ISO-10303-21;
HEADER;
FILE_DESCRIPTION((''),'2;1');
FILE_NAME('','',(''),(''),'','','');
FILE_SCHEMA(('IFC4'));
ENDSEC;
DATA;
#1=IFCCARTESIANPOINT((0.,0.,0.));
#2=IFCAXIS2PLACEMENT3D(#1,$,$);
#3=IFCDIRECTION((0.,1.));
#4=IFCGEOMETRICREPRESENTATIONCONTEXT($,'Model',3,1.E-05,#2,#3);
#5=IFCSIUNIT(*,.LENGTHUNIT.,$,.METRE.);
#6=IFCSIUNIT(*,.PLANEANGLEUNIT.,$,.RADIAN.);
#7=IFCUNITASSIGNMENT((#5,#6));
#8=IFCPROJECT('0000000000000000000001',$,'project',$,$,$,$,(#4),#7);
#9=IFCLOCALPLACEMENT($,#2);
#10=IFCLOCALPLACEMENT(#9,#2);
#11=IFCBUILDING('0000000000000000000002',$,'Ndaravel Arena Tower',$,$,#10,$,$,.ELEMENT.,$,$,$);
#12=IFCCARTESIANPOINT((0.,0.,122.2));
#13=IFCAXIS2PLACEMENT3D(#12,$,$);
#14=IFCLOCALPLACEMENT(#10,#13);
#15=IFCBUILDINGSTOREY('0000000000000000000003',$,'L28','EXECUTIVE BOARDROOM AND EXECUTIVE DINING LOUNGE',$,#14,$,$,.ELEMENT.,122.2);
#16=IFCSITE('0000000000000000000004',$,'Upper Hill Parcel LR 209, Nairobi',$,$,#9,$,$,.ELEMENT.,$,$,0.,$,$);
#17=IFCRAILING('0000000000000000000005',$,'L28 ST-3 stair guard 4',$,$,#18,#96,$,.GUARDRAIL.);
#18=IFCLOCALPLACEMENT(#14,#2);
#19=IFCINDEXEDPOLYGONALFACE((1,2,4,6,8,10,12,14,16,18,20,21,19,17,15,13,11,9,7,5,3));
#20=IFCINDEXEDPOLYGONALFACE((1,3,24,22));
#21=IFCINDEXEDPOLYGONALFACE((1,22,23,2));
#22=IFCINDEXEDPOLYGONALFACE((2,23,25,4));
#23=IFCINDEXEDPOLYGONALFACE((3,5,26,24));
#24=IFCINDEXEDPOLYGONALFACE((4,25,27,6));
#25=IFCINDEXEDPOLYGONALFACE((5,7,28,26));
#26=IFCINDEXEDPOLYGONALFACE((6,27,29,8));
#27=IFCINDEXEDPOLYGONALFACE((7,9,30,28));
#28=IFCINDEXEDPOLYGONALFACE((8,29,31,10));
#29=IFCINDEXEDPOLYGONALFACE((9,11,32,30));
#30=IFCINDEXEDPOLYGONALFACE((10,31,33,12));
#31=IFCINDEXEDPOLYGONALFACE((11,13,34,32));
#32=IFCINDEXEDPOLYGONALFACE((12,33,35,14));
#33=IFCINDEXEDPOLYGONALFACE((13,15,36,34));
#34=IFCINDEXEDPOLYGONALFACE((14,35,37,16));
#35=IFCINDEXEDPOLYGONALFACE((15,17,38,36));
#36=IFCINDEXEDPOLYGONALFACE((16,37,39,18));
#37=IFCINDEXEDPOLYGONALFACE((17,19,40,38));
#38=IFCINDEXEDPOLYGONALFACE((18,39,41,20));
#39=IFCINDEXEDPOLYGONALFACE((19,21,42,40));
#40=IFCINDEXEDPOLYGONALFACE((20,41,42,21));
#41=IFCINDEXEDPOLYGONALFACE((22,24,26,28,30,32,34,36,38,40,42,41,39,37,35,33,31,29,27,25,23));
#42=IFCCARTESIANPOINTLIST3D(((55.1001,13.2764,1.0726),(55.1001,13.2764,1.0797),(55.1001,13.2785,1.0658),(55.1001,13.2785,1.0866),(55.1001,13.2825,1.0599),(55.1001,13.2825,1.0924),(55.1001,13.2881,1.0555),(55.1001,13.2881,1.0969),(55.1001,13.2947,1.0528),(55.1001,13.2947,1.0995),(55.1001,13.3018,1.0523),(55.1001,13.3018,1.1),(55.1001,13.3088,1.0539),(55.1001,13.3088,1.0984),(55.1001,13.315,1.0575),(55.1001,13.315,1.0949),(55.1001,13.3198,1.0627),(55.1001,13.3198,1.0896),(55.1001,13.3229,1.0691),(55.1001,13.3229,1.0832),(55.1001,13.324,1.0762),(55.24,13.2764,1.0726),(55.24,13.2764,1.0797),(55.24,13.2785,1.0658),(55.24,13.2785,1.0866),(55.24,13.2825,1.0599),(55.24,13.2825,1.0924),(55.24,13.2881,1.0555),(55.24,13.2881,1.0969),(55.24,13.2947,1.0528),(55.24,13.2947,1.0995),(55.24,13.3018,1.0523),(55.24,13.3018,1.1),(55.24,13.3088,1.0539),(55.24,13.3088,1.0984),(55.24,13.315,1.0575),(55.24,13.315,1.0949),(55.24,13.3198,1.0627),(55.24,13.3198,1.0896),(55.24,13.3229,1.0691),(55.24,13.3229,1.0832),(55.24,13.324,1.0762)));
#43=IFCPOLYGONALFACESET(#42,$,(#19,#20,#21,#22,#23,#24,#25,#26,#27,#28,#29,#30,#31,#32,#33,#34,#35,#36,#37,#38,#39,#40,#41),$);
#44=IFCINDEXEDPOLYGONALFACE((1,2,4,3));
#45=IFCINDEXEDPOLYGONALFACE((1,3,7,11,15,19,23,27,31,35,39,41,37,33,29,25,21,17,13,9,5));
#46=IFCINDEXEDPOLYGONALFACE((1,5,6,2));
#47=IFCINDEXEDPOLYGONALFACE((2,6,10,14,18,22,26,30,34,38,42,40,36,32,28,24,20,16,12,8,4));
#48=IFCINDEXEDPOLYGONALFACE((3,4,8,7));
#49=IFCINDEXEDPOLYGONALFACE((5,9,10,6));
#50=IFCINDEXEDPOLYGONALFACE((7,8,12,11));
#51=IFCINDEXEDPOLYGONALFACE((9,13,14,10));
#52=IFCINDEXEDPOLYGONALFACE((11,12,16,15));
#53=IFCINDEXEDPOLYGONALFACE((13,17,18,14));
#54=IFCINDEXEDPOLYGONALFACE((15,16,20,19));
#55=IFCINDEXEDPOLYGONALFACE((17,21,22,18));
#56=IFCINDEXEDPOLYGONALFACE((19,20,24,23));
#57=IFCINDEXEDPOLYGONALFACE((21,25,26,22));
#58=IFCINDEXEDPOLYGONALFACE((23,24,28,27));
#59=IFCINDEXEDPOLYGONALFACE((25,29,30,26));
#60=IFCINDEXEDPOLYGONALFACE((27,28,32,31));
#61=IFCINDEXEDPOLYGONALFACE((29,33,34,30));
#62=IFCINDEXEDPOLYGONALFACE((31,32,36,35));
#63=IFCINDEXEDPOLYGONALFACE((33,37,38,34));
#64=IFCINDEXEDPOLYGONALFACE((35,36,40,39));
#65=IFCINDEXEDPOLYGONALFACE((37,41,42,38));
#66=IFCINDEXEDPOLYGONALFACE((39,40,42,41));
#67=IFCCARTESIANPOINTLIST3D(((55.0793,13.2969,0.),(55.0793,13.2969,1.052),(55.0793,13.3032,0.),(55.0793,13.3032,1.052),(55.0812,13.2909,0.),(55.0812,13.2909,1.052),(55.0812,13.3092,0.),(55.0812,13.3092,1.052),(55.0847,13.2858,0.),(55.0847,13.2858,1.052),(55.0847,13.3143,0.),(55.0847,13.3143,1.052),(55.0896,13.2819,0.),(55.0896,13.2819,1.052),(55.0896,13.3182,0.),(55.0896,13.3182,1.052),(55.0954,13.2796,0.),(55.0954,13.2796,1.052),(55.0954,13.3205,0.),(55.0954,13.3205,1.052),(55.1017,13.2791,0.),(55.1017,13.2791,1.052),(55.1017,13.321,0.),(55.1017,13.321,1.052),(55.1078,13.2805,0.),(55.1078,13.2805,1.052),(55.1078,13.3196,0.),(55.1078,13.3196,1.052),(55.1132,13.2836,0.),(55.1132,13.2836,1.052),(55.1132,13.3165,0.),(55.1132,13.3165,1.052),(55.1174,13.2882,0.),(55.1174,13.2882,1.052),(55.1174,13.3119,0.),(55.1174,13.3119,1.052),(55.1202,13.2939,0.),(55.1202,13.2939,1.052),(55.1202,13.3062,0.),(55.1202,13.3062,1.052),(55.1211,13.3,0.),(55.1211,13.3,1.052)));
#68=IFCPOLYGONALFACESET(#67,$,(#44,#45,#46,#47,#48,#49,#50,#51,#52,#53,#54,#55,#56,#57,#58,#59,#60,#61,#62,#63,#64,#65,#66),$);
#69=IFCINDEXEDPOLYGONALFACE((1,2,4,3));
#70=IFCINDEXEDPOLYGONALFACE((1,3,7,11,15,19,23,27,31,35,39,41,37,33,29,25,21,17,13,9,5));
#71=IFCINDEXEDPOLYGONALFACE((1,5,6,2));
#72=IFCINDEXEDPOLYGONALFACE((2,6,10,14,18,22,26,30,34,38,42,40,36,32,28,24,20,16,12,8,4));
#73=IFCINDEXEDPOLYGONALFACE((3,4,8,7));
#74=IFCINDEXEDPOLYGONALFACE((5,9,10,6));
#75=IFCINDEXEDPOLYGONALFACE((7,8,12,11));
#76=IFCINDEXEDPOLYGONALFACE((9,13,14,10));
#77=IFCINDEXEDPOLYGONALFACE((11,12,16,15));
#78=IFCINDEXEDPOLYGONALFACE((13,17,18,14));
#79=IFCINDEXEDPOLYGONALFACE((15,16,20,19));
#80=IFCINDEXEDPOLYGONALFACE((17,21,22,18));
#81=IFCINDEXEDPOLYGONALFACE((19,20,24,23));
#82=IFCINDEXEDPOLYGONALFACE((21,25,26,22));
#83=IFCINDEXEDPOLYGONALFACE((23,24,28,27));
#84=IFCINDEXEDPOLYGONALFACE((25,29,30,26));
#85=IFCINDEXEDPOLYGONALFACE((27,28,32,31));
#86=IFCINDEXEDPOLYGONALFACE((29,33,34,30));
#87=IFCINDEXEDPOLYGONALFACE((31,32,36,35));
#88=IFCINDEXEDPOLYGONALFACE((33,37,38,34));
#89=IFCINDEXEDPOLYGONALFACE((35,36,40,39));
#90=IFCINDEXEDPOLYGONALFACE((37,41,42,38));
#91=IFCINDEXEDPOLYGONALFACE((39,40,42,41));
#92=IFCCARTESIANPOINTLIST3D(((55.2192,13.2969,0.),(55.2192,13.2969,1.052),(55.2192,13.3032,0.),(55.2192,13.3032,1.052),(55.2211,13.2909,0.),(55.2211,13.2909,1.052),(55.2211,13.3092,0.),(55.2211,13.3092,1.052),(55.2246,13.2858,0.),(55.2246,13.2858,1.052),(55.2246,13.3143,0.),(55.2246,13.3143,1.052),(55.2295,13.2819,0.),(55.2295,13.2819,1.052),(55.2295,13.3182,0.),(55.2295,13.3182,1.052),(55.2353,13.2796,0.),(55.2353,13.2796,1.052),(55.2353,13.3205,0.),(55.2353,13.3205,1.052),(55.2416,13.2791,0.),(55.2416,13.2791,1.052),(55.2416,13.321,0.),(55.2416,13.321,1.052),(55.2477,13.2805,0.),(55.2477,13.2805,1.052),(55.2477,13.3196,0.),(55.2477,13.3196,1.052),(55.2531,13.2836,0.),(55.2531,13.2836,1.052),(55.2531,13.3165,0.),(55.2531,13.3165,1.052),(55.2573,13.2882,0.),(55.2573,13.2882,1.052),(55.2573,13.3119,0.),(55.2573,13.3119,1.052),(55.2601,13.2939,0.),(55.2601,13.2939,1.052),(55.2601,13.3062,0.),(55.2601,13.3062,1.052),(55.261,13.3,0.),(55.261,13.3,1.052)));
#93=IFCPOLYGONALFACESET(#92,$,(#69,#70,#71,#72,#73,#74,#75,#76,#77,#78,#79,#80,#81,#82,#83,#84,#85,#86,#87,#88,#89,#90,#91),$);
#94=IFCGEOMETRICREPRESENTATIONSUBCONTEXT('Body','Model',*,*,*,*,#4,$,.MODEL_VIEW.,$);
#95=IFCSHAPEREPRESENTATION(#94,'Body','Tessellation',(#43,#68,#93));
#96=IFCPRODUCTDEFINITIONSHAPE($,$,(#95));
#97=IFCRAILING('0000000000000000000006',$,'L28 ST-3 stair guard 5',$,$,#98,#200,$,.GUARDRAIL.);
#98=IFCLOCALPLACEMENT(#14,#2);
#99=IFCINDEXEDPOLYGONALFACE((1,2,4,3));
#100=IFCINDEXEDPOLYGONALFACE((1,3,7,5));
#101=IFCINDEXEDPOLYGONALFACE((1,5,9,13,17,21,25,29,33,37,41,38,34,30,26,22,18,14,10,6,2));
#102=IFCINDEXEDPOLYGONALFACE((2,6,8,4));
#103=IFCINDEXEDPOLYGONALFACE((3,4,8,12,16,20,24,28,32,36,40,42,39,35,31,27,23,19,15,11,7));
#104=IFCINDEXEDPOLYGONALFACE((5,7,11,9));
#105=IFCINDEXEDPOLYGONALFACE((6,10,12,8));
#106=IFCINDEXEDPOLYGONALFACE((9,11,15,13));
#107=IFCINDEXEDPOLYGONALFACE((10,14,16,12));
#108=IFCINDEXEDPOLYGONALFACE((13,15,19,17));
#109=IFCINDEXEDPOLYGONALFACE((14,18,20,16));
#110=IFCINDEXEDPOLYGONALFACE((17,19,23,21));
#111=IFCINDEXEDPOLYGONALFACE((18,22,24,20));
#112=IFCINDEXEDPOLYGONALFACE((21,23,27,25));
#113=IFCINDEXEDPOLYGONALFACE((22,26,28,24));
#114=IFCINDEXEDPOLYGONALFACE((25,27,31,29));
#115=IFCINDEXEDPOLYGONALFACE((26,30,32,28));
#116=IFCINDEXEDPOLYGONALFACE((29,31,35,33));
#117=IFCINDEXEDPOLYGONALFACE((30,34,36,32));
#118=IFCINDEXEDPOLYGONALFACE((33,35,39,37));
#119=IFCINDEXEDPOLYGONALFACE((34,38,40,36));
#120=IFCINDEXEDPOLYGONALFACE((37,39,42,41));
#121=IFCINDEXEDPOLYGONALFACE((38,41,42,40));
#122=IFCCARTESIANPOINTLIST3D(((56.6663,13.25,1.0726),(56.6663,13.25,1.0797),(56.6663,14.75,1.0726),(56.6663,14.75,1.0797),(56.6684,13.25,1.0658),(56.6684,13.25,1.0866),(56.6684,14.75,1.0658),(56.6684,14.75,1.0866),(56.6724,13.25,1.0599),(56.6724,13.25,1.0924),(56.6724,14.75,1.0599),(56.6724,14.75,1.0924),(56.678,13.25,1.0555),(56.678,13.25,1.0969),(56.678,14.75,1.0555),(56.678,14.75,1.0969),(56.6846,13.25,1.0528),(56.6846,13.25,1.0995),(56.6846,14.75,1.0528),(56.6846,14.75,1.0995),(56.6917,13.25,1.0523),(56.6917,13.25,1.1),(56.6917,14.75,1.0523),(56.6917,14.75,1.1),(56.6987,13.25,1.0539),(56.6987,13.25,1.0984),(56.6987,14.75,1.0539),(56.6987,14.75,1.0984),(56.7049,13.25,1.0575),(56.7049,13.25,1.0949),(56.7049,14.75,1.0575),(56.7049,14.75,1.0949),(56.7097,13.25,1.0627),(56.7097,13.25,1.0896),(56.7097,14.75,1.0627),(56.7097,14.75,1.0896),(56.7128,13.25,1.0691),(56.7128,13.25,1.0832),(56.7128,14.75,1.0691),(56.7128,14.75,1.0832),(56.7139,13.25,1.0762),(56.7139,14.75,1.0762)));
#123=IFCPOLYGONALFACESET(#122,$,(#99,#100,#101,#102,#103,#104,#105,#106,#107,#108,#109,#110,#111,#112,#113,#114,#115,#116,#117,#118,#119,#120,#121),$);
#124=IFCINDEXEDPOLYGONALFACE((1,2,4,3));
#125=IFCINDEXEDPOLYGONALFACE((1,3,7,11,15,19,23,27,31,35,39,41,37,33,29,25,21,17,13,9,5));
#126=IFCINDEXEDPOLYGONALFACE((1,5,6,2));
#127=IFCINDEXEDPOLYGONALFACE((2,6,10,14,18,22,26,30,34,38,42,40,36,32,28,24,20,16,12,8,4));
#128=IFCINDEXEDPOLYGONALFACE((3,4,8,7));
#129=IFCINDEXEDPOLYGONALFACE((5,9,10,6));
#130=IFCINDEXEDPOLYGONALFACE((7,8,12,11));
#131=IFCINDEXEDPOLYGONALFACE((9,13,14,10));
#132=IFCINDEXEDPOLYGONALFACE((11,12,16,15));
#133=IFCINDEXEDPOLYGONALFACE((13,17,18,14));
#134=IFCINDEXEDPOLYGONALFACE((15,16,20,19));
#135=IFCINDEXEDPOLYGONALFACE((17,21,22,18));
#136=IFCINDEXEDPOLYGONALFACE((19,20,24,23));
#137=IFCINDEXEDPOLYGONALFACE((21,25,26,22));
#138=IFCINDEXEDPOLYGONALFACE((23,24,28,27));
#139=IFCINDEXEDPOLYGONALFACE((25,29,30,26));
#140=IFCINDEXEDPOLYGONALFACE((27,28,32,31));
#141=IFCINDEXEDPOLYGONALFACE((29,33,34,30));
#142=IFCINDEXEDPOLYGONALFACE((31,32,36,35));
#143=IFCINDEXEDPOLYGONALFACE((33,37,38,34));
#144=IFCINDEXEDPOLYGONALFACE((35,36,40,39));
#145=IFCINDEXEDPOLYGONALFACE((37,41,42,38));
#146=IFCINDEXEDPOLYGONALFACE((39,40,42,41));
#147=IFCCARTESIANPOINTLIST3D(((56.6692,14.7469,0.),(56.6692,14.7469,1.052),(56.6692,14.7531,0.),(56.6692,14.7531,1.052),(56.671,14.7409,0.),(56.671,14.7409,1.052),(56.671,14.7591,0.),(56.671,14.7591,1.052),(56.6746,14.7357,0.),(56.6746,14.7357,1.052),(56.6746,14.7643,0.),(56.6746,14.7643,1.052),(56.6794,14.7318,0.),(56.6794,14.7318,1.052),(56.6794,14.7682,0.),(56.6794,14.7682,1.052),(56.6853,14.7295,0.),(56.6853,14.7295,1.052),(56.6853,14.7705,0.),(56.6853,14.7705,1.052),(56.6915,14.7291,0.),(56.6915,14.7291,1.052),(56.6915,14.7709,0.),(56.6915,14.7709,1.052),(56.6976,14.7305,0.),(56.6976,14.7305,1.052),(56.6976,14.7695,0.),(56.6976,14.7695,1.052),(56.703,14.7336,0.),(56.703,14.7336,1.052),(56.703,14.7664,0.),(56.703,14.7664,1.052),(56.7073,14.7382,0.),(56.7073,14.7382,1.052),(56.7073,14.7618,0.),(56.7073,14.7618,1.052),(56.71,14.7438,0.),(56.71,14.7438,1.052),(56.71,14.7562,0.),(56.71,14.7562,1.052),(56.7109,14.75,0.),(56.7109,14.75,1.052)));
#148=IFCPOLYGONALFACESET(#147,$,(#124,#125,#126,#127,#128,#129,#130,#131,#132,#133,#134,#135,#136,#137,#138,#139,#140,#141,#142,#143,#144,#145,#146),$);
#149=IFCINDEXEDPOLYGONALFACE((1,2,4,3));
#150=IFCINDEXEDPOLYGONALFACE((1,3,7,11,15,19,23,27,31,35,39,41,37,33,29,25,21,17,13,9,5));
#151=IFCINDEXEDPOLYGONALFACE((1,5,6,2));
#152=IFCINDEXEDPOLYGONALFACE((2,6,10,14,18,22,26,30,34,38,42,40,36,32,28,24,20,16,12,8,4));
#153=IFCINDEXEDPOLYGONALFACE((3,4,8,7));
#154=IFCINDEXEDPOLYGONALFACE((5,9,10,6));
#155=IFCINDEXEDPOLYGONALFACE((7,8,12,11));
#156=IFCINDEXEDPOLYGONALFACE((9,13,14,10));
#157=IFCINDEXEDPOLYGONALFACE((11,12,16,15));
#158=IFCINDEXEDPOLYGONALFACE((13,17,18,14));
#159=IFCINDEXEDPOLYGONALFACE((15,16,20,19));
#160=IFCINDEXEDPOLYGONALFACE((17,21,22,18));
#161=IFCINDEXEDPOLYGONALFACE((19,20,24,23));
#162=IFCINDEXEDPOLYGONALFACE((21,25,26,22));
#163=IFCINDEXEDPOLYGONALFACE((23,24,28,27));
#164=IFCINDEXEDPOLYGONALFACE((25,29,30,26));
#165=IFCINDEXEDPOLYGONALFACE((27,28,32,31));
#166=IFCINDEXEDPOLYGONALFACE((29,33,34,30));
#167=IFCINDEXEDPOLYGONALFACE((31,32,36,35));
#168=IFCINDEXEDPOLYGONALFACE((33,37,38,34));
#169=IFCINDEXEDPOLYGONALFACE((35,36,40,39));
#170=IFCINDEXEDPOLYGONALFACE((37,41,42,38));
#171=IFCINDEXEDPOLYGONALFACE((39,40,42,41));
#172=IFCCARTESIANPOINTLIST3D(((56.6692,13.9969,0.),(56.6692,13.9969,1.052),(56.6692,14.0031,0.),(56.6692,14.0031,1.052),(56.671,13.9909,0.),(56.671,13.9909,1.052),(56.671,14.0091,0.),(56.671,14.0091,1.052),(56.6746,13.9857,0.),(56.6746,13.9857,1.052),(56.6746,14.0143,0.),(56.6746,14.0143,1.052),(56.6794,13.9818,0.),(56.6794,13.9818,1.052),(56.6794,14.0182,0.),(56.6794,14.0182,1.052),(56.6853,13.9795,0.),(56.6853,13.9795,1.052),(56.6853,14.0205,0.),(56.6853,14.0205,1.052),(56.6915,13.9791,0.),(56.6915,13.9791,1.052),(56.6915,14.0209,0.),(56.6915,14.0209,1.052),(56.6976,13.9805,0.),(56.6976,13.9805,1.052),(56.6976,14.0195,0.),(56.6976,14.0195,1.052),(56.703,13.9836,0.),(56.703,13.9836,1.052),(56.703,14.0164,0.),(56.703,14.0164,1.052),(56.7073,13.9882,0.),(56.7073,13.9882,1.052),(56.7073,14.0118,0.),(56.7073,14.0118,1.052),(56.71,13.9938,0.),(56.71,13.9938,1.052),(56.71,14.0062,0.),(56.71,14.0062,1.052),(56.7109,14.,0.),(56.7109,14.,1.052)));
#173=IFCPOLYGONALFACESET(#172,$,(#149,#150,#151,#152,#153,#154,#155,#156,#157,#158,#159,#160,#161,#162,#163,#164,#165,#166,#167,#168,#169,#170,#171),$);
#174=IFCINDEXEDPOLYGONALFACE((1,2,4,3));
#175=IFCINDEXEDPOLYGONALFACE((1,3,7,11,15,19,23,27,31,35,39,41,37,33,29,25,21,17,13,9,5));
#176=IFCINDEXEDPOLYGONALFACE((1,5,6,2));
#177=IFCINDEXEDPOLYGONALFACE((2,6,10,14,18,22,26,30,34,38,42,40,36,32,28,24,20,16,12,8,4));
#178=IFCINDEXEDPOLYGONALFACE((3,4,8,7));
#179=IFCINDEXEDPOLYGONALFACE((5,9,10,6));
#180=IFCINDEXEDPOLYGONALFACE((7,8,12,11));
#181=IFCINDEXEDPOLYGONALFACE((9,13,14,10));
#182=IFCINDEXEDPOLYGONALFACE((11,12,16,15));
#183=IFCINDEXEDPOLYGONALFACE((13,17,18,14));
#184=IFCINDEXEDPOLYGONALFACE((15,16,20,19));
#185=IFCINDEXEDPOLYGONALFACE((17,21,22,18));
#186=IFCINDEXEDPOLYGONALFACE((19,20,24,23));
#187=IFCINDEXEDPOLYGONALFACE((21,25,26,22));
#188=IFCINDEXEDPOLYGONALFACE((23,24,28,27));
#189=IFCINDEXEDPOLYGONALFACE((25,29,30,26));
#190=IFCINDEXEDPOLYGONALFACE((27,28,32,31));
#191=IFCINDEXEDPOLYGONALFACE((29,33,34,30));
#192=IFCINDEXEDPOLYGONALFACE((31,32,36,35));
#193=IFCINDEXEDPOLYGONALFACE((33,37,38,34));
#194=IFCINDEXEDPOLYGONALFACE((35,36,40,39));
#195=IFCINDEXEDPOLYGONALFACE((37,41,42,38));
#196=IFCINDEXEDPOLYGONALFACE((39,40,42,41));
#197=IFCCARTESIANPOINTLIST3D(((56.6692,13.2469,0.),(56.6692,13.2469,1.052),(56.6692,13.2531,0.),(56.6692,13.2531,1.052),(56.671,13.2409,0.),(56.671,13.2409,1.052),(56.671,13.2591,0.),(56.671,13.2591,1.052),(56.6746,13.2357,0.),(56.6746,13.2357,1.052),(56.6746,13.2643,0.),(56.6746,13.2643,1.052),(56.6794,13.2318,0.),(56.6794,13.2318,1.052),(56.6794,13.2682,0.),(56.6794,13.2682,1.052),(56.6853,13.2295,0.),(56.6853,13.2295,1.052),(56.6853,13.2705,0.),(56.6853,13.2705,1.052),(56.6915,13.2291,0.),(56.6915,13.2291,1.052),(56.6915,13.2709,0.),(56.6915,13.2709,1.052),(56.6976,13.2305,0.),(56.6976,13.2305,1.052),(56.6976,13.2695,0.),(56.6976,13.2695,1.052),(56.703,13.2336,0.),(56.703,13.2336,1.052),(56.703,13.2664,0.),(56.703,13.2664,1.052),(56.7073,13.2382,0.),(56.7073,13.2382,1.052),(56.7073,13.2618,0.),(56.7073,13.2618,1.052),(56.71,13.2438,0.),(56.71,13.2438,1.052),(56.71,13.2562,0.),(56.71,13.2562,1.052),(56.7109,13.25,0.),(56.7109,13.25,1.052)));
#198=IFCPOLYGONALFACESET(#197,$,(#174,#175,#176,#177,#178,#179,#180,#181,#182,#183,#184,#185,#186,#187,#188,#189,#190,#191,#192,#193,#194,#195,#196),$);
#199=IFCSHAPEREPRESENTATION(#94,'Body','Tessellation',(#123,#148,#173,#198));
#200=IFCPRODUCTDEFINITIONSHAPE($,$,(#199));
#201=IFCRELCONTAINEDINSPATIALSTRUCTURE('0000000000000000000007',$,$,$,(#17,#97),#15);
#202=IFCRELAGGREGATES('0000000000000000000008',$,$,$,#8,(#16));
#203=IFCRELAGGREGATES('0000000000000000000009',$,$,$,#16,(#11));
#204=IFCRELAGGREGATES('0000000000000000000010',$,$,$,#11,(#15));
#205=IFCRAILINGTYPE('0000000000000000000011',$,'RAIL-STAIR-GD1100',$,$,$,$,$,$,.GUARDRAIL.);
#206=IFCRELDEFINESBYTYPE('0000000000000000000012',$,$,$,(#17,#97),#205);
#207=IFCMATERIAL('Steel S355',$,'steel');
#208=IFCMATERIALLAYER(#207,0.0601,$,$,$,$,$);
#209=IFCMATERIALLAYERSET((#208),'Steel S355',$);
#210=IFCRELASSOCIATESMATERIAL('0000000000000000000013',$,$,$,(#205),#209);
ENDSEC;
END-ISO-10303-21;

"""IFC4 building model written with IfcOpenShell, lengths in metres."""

from ifc_helpers import new_model, si_unit, direction, frame, origin, origin_2d, place, context, subcontext, project, spatial, circle, extrude, material, layer, layer_set, type_object, element, save


model = new_model("IFC4")

# Units and contexts
model_context = context("Model", 3, precision=1e-05, world=origin(), true_north=direction((0.0, 1.0)))
body_context = subcontext(model_context, "Body", "Model", "MODEL_VIEW")
ifc_project = project(units=[si_unit("LENGTHUNIT", "METRE"), si_unit("PLANEANGLEUNIT", "RADIAN")], contexts=[model_context])

# Site, building, storey
site_placement = place(None, origin())
site = spatial("IfcSite", under=ifc_project, at=site_placement, Name="Upper Hill Parcel LR 209, Nairobi", CompositionType="ELEMENT", RefElevation=0.0)
building_placement = place(site_placement, origin())
building = spatial("IfcBuilding", under=site, at=building_placement, Name="Ndaravel Arena Tower", CompositionType="ELEMENT")
storey_placement = place(building_placement, frame((0.0, 0.0, 122.2)))
storey = spatial("IfcBuildingStorey", under=building, at=storey_placement, Name="L28", Description="EXECUTIVE BOARDROOM AND EXECUTIVE DINING LOUNGE", CompositionType="ELEMENT", Elevation=122.2)

# Railings
ifc_material_1 = material(Name="Steel S355", Category="steel")
ifc_layer_1 = layer(ifc_material_1, 0.0601)
ifc_layer_set_1 = layer_set([ifc_layer_1], Name="Steel S355")
railing_type_1 = type_object("IfcRailingType", Name="RAIL-STAIR-GD1100", PredefinedType="GUARDRAIL", material=ifc_layer_set_1)
railing_1_placement = place(storey_placement, frame((55.1001, 13.3, 0.0)))
element("IfcRailing", 1, at=railing_1_placement, inside=storey, type_object=railing_type_1, Name="L28 ST-3 stair guard 4", PredefinedType="GUARDRAIL", context=body_context, shape_type="SweptSolid", body=[
    extrude(circle(Radius=0.0239, at=origin_2d()), frame((0.0, 0.0, 1.0762), z_axis=(1.0, 0.0, 0.0), x_axis=(0.0, 1.0, 0.0)), (0.0, 0.0, 1.0), 0.1399),
    extrude(circle(Radius=0.021, at=origin_2d()), origin(), (0.0, 0.0, 1.0), 1.052),
    extrude(circle(Radius=0.021, at=origin_2d()), frame((0.1399, 0.0, 0.0)), (0.0, 0.0, 1.0), 1.052),
])
railing_2_placement = place(storey_placement, frame((56.6899, 14.75, 0.0)))
element("IfcRailing", 2, at=railing_2_placement, inside=storey, type_object=railing_type_1, Name="L28 ST-3 stair guard 5", PredefinedType="GUARDRAIL", context=body_context, shape_type="SweptSolid", body=[
    extrude(circle(Radius=0.0239, at=origin_2d()), frame((0.0, 0.0, 1.0762), z_axis=(0.0, -1.0, 0.0), x_axis=(1.0, 0.0, 0.0)), (0.0, 0.0, 1.0), 1.5),
    extrude(circle(Radius=0.021, at=origin_2d()), origin(), (0.0, 0.0, 1.0), 1.052),
    extrude(circle(Radius=0.021, at=origin_2d()), frame((0.0, -0.75, 0.0)), (0.0, 0.0, 1.0), 1.052),
    extrude(circle(Radius=0.021, at=origin_2d()), frame((0.0, -1.5, 0.0)), (0.0, 0.0, 1.0), 1.052),
])

save(model, "model.ifc")
